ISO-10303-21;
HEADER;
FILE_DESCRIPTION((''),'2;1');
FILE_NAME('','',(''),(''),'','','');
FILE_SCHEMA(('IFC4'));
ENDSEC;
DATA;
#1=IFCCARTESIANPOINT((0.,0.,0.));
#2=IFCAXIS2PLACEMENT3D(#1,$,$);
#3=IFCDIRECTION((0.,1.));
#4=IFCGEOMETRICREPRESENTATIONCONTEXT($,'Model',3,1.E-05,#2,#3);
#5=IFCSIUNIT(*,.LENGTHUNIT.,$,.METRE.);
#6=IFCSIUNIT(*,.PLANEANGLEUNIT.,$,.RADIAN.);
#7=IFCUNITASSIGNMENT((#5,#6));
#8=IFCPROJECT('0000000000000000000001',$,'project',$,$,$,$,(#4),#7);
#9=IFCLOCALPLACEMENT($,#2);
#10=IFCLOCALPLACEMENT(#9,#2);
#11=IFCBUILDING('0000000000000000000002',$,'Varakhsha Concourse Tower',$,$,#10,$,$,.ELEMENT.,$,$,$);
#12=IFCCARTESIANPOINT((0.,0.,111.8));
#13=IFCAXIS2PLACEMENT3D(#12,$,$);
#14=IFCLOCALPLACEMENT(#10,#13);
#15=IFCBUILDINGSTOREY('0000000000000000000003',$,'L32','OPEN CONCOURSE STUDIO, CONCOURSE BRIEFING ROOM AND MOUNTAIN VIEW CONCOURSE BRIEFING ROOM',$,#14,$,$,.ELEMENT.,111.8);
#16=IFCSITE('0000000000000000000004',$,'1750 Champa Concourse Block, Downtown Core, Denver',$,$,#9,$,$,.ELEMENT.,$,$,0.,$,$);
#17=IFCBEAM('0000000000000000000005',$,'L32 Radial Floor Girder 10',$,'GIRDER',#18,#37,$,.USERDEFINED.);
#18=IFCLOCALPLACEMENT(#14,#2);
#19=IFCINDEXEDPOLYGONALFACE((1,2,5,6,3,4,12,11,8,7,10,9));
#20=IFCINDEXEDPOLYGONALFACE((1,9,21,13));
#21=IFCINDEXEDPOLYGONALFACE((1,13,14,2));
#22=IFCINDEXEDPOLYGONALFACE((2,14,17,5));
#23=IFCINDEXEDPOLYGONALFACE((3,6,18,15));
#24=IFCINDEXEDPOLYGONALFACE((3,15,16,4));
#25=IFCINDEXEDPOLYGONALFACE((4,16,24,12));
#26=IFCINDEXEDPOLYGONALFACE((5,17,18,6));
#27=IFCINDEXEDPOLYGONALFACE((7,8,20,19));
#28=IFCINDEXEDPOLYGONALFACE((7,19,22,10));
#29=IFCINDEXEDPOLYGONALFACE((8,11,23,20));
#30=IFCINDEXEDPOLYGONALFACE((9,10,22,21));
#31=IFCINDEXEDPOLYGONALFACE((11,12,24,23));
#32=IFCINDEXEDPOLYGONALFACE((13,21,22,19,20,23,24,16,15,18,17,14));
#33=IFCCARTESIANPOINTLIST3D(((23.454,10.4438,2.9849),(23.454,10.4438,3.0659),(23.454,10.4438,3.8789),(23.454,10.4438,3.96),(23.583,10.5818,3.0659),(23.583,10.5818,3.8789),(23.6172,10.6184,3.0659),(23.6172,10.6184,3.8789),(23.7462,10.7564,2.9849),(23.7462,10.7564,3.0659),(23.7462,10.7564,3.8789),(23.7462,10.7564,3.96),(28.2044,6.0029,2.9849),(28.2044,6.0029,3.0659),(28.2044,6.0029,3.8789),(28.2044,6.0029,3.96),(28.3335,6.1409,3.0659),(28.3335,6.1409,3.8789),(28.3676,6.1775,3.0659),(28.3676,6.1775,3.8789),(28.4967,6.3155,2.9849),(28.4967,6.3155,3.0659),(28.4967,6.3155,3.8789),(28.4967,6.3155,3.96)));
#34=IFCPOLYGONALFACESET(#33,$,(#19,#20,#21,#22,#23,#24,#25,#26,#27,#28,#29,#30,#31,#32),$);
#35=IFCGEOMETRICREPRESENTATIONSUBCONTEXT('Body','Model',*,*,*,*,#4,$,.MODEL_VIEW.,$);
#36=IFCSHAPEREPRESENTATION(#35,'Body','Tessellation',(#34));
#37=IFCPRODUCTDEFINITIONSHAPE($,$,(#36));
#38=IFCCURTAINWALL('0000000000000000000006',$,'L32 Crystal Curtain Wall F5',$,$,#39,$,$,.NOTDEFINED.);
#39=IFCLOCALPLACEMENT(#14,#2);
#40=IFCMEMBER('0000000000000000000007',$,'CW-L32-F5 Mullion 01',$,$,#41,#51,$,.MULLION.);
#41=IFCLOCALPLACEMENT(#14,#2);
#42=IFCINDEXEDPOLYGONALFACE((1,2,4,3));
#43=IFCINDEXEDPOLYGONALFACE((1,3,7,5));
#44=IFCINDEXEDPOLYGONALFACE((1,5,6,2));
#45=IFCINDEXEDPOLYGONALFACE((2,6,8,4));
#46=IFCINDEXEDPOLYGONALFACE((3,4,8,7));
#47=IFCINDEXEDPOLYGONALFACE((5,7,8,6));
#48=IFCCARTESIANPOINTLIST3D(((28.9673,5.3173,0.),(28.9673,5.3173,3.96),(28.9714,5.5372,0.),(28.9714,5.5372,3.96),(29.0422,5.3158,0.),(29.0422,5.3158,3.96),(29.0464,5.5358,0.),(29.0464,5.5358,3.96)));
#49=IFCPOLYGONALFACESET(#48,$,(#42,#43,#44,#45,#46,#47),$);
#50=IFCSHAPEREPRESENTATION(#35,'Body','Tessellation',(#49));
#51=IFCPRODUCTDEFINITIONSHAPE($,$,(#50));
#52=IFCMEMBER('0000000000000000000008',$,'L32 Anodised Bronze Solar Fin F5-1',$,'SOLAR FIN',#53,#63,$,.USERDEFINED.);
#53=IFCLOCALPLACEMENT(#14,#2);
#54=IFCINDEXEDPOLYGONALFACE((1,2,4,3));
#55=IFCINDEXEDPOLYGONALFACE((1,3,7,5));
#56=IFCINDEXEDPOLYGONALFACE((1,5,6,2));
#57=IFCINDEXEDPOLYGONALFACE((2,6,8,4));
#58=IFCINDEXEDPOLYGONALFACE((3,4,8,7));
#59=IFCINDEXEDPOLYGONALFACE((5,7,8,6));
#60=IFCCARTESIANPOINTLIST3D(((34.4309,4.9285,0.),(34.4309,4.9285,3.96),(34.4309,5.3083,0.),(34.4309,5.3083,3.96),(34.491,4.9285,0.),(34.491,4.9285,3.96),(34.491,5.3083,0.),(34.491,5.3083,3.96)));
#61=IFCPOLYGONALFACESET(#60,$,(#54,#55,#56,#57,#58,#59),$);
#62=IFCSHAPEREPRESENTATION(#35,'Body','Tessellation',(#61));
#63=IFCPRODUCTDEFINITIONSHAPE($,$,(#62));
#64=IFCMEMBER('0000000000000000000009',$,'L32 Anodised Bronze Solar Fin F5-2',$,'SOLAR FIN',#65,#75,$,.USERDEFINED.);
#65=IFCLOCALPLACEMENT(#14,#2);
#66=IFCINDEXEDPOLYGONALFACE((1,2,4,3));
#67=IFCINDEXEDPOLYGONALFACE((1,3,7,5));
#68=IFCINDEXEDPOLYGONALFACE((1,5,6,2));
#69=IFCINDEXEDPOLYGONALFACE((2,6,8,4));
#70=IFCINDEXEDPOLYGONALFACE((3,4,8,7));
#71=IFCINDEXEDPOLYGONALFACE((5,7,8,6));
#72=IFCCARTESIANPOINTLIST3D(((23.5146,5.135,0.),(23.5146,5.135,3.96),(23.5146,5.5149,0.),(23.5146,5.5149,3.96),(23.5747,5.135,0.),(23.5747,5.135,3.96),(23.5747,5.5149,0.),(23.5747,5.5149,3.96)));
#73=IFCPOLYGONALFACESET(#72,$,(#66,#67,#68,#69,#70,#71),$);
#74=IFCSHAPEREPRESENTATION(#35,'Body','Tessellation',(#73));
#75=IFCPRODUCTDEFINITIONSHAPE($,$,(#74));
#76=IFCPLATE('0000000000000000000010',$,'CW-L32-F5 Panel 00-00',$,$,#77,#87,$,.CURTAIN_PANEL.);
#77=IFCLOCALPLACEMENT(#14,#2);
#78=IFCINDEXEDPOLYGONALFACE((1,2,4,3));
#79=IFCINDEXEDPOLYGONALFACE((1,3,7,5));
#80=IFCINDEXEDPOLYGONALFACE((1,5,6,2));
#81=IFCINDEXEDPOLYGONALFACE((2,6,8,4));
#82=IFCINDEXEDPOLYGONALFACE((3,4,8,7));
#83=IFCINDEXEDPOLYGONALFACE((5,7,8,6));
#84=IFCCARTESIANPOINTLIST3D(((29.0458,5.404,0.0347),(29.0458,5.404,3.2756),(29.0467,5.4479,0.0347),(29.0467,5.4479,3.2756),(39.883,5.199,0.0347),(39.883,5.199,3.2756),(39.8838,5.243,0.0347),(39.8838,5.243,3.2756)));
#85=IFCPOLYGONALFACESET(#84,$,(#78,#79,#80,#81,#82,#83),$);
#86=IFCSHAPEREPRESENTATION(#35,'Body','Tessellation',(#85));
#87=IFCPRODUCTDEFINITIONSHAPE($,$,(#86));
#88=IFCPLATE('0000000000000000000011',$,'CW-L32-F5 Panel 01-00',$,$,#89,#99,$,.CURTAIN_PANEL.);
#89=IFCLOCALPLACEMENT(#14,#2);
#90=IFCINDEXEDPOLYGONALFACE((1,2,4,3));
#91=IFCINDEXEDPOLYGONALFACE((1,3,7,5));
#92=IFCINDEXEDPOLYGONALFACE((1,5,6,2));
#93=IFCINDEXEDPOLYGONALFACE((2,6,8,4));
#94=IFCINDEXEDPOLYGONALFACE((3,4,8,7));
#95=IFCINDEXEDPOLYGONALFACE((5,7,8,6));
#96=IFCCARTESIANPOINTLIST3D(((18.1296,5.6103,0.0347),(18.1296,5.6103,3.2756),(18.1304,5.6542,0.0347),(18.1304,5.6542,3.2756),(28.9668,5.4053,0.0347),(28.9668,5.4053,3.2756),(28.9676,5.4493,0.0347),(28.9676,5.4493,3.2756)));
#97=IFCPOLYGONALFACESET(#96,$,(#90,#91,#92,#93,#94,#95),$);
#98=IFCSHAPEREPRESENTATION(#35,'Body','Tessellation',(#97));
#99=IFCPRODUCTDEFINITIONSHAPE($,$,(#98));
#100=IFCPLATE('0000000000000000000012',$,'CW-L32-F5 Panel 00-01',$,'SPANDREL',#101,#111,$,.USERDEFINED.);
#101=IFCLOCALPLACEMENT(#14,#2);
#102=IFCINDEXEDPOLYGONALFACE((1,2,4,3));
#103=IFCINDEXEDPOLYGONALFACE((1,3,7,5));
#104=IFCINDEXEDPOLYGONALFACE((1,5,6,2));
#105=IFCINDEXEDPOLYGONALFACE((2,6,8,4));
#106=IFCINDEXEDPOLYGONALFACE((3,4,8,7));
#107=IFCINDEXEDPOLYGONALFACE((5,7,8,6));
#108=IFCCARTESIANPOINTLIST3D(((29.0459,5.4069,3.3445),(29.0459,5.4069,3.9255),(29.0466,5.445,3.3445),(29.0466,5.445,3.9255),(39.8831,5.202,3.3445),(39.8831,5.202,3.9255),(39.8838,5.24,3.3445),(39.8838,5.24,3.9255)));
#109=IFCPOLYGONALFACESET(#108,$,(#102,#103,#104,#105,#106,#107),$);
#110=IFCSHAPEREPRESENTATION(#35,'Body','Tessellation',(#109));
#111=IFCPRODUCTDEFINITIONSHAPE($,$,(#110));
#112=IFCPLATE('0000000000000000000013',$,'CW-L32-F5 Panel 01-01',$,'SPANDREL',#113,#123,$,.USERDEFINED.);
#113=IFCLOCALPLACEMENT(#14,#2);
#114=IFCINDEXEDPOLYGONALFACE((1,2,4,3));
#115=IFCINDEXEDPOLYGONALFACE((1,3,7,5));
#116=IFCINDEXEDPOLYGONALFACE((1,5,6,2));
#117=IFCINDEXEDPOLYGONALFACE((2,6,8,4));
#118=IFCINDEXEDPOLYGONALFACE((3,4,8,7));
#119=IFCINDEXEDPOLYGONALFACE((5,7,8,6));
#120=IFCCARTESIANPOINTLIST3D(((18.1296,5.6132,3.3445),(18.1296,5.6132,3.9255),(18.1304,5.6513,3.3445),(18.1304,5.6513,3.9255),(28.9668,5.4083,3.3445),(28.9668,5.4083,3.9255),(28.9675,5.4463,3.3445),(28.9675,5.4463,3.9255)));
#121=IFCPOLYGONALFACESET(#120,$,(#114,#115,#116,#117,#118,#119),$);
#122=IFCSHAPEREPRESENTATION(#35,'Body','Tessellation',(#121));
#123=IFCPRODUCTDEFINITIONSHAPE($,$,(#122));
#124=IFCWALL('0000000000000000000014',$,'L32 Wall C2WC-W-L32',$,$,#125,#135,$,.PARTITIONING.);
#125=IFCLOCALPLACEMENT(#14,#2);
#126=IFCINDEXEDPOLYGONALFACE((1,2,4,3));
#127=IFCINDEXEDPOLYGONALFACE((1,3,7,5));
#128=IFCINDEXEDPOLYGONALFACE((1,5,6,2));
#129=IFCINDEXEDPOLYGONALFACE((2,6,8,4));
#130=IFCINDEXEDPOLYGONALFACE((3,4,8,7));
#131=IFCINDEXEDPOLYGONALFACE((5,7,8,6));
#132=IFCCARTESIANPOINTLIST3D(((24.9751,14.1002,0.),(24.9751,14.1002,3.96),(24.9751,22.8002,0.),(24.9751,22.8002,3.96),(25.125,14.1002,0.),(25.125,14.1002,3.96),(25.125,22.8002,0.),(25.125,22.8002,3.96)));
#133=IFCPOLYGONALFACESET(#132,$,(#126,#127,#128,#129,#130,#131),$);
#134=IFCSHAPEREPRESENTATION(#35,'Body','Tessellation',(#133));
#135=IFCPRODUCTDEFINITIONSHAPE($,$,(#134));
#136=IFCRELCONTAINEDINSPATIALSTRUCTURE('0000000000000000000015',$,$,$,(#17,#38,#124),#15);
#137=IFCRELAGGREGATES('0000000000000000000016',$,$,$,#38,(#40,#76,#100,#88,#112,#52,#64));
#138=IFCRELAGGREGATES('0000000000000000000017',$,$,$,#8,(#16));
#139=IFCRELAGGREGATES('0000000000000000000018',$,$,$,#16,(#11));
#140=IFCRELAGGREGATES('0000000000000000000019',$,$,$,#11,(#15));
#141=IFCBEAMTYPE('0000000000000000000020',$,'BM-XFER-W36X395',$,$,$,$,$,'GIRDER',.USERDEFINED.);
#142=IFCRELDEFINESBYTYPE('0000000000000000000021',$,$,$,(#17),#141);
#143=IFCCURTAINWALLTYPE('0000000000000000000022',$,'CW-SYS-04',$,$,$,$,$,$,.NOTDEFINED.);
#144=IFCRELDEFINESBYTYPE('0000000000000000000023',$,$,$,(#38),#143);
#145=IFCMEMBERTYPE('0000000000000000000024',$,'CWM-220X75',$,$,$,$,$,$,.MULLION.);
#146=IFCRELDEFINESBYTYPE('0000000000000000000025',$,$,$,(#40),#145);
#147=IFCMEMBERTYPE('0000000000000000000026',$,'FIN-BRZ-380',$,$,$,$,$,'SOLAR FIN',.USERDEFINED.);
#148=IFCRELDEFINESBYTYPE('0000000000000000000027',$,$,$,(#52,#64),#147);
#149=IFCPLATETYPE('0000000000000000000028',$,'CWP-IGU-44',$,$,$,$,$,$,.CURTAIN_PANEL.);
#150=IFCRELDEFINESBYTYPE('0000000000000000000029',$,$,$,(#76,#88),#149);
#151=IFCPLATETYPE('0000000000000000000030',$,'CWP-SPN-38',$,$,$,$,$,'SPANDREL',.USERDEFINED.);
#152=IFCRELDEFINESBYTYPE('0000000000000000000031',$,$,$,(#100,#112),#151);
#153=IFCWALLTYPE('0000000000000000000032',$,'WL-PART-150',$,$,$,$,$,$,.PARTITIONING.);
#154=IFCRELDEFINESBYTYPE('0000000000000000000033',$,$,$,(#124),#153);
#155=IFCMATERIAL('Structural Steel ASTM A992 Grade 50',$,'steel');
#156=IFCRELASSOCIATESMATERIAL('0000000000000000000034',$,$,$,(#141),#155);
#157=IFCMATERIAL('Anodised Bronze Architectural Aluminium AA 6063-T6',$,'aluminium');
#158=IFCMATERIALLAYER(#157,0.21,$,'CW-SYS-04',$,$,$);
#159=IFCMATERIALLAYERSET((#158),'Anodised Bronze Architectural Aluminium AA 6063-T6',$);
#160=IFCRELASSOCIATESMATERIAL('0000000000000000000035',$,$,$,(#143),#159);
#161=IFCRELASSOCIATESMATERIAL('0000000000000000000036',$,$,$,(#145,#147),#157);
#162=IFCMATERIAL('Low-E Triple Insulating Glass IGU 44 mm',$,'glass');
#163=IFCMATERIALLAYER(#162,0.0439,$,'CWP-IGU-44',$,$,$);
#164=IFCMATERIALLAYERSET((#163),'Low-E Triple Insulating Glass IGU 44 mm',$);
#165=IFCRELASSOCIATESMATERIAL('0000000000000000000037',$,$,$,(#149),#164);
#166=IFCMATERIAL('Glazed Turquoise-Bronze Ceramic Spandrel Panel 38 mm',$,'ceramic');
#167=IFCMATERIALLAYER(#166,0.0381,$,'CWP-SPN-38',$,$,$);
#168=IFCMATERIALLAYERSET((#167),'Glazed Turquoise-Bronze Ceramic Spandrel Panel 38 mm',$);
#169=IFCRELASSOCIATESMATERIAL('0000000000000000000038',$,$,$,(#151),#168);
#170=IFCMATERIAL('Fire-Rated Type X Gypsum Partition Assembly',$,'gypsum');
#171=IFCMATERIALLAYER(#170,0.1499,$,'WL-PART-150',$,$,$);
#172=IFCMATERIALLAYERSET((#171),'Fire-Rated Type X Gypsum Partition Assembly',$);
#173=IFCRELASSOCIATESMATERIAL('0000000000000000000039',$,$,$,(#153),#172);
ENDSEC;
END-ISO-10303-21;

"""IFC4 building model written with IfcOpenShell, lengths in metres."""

from ifc_helpers import new_model, si_unit, direction, frame, frame_2d, origin, origin_2d, place, context, subcontext, project, spatial, rectangle, i_section, extrude, source, transform, mapped, material, layer, layer_set, material_profile, profile_set, type_object, type_shapes, element, aggregate, save


model = new_model("IFC4")

# Units and contexts
model_context = context("Model", 3, precision=1e-05, world=origin(), true_north=direction((0.0, 1.0)))
body_context = subcontext(model_context, "Body", "Model", "MODEL_VIEW")
ifc_project = project(units=[si_unit("LENGTHUNIT", "METRE"), si_unit("PLANEANGLEUNIT", "RADIAN")], contexts=[model_context])

# Site, building, storey
site_placement = place(None, origin())
site = spatial("IfcSite", under=ifc_project, at=site_placement, Name="1750 Champa Concourse Block, Downtown Core, Denver", CompositionType="ELEMENT", RefElevation=0.0)
building_placement = place(site_placement, origin())
building = spatial("IfcBuilding", under=site, at=building_placement, Name="Varakhsha Concourse Tower", CompositionType="ELEMENT")
storey_placement = place(building_placement, frame((0.0, 0.0, 111.8)))
storey = spatial("IfcBuildingStorey", under=building, at=storey_placement, Name="L32", Description="OPEN CONCOURSE STUDIO, CONCOURSE BRIEFING ROOM AND MOUNTAIN VIEW CONCOURSE BRIEFING ROOM", CompositionType="ELEMENT", Elevation=111.8)

# Shared definitions
ifc_material_1 = material(Name="Structural Steel ASTM A992 Grade 50", Category="steel")

# Beam
ifc_material_profile_1 = material_profile(ifc_material_1, i_section(OverallWidth=0.428, OverallDepth=0.9751, WebThickness=0.05, FlangeThickness=0.0811, at=origin_2d()), Name="W36X395")
ifc_profile_set_1 = profile_set([ifc_material_profile_1], Name="Structural Steel ASTM A992 Grade 50")
beam_type_1 = type_object("IfcBeamType", Name="BM-XFER-W36X395", ElementType="GIRDER", PredefinedType="USERDEFINED", material=ifc_profile_set_1)
beam_1_placement = place(storey_placement, frame((23.6001, 10.6001, 3.4724), z_axis=(0.730508, -0.682904, 0.0), x_axis=(0.682904, 0.730508, 0.0)))
element("IfcBeam", 1, at=beam_1_placement, inside=storey, type_object=beam_type_1, Name="L32 Radial Floor Girder 10", ObjectType="GIRDER", PredefinedType="USERDEFINED", context=body_context, shape_type="SweptSolid", body=[
    extrude(i_section(OverallWidth=0.428, OverallDepth=0.9751, WebThickness=0.05, FlangeThickness=0.0811, at=origin_2d()), origin(), (0.0, 0.0, 1.0), 6.5029),
])

# Curtain wall, members, plates
ifc_material_2 = material(Name="Anodised Bronze Architectural Aluminium AA 6063-T6", Category="aluminium")
ifc_layer_1 = layer(ifc_material_2, 0.21, Name="CW-SYS-04")
ifc_layer_set_1 = layer_set([ifc_layer_1], Name="Anodised Bronze Architectural Aluminium AA 6063-T6")
curtain_wall_type = type_object("IfcCurtainWallType", Name="CW-SYS-04", PredefinedType="NOTDEFINED", material=ifc_layer_set_1)
curtain_wall_placement = place(storey_placement, origin())
curtain_wall = element("IfcCurtainWall", 2, at=curtain_wall_placement, inside=storey, type_object=curtain_wall_type, Name="L32 Crystal Curtain Wall F5", PredefinedType="NOTDEFINED")
ifc_material_profile_2 = material_profile(ifc_material_2, rectangle(XDim=0.075, YDim=0.22, at=origin_2d()), Name="CWM-220X75")
ifc_profile_set_2 = profile_set([ifc_material_profile_2], Name="Anodised Bronze Architectural Aluminium AA 6063-T6")
member_type_1 = type_object("IfcMemberType", Name="CWM-220X75", PredefinedType="MULLION", material=ifc_profile_set_2)
shared_shape_1 = source(origin(), body_context, "Body", "SweptSolid", [
    extrude(rectangle(XDim=0.075, YDim=0.22, at=origin_2d()), origin(), (0.0, 0.0, 1.0), 3.96),
])
type_shapes(member_type_1, [shared_shape_1])
member_1_placement = place(storey_placement, frame((29.0068, 5.4265, 0.0), z_axis=(0.0, 0.0, 1.0), x_axis=(-0.999821, 0.01891, 0.0)))
member_1 = element("IfcMember", 3, at=member_1_placement, type_object=member_type_1, Name="CW-L32-F5 Mullion 01", PredefinedType="MULLION", context=body_context, shape_type="MappedRepresentation", body=[
    mapped(shared_shape_1, transform((0.0, 0.0, 0.0), scale=1.0)),
])
ifc_material_profile_3 = material_profile(ifc_material_2, rectangle(XDim=0.0601, YDim=0.3799, at=origin_2d()), Name="FIN-BRZ-380")
ifc_profile_set_3 = profile_set([ifc_material_profile_3], Name="Anodised Bronze Architectural Aluminium AA 6063-T6")
member_type_2 = type_object("IfcMemberType", Name="FIN-BRZ-380", ElementType="SOLAR FIN", PredefinedType="USERDEFINED", material=ifc_profile_set_3)
shared_shape_2 = source(origin(), body_context, "Body", "SweptSolid", [
    extrude(rectangle(XDim=0.0601, YDim=0.3799, at=origin_2d()), origin(), (0.0, 0.0, 1.0), 3.96),
])
type_shapes(member_type_2, [shared_shape_2])
member_2_placement = place(storey_placement, frame((34.4609, 5.1184, 0.0), z_axis=(0.0, 0.0, 1.0), x_axis=(1.0, 0.0, 0.0)))
member_2 = element("IfcMember", 4, at=member_2_placement, type_object=member_type_2, Name="L32 Anodised Bronze Solar Fin F5-1", ObjectType="SOLAR FIN", PredefinedType="USERDEFINED", context=body_context, shape_type="MappedRepresentation", body=[
    mapped(shared_shape_2, transform((0.0, 0.0, 0.0), scale=1.0)),
])
member_3_placement = place(storey_placement, frame((23.5447, 5.325, 0.0), z_axis=(0.0, 0.0, 1.0), x_axis=(1.0, 0.0, 0.0)))
member_3 = element("IfcMember", 5, at=member_3_placement, type_object=member_type_2, Name="L32 Anodised Bronze Solar Fin F5-2", ObjectType="SOLAR FIN", PredefinedType="USERDEFINED", context=body_context, shape_type="MappedRepresentation", body=[
    mapped(shared_shape_2, transform((0.0, 0.0, 0.0), scale=1.0)),
])
ifc_material_3 = material(Name="Low-E Triple Insulating Glass IGU 44 mm", Category="glass")
ifc_layer_2 = layer(ifc_material_3, 0.0439, Name="CWP-IGU-44")
ifc_layer_set_2 = layer_set([ifc_layer_2], Name="Low-E Triple Insulating Glass IGU 44 mm")
plate_type_1 = type_object("IfcPlateType", Name="CWP-IGU-44", PredefinedType="CURTAIN_PANEL", material=ifc_layer_set_2)
shared_shape_3 = source(origin(), body_context, "Body", "SweptSolid", [
    extrude(rectangle(XDim=10.8391, YDim=0.0439, at=origin_2d()), origin(), (0.0, 0.0, 1.0), 3.241),
])
type_shapes(plate_type_1, [shared_shape_3])
plate_1_placement = place(storey_placement, frame((34.4648, 5.3235, 0.0347), z_axis=(0.0, 0.0, 1.0), x_axis=(-0.999821, 0.01891, 0.0)))
plate_1 = element("IfcPlate", 6, at=plate_1_placement, type_object=plate_type_1, Name="CW-L32-F5 Panel 00-00", PredefinedType="CURTAIN_PANEL", context=body_context, shape_type="MappedRepresentation", body=[
    mapped(shared_shape_3, transform((0.0, 0.0, 0.0), scale=1.0)),
])
plate_2_placement = place(storey_placement, frame((23.5486, 5.5298, 0.0347), z_axis=(0.0, 0.0, 1.0), x_axis=(-0.999821, 0.01891, 0.0)))
plate_2 = element("IfcPlate", 7, at=plate_2_placement, type_object=plate_type_1, Name="CW-L32-F5 Panel 01-00", PredefinedType="CURTAIN_PANEL", context=body_context, shape_type="MappedRepresentation", body=[
    mapped(shared_shape_3, transform((0.0, 0.0, 0.0), scale=1.0)),
])
ifc_material_4 = material(Name="Glazed Turquoise-Bronze Ceramic Spandrel Panel 38 mm", Category="ceramic")
ifc_layer_3 = layer(ifc_material_4, 0.0381, Name="CWP-SPN-38")
ifc_layer_set_3 = layer_set([ifc_layer_3], Name="Glazed Turquoise-Bronze Ceramic Spandrel Panel 38 mm")
plate_type_2 = type_object("IfcPlateType", Name="CWP-SPN-38", ElementType="SPANDREL", PredefinedType="USERDEFINED", material=ifc_layer_set_3)
shared_shape_4 = source(origin(), body_context, "Body", "SweptSolid", [
    extrude(rectangle(XDim=10.8391, YDim=0.0381, at=origin_2d()), origin(), (0.0, 0.0, 1.0), 0.5811),
])
type_shapes(plate_type_2, [shared_shape_4])
plate_3_placement = place(storey_placement, frame((34.4648, 5.3235, 3.3445), z_axis=(0.0, 0.0, 1.0), x_axis=(-0.999821, 0.01891, 0.0)))
plate_3 = element("IfcPlate", 8, at=plate_3_placement, type_object=plate_type_2, Name="CW-L32-F5 Panel 00-01", ObjectType="SPANDREL", PredefinedType="USERDEFINED", context=body_context, shape_type="MappedRepresentation", body=[
    mapped(shared_shape_4, transform((0.0, 0.0, 0.0), scale=1.0)),
])
plate_4_placement = place(storey_placement, frame((23.5486, 5.5298, 3.3445), z_axis=(0.0, 0.0, 1.0), x_axis=(-0.999821, 0.01891, 0.0)))
plate_4 = element("IfcPlate", 9, at=plate_4_placement, type_object=plate_type_2, Name="CW-L32-F5 Panel 01-01", ObjectType="SPANDREL", PredefinedType="USERDEFINED", context=body_context, shape_type="MappedRepresentation", body=[
    mapped(shared_shape_4, transform((0.0, 0.0, 0.0), scale=1.0)),
])
aggregate(curtain_wall, [member_1, plate_1, plate_3, plate_2, plate_4, member_2, member_3])

# Wall
ifc_material_5 = material(Name="Fire-Rated Type X Gypsum Partition Assembly", Category="gypsum")
ifc_layer_4 = layer(ifc_material_5, 0.1499, Name="WL-PART-150")
ifc_layer_set_4 = layer_set([ifc_layer_4], Name="Fire-Rated Type X Gypsum Partition Assembly")
wall_type = type_object("IfcWallType", Name="WL-PART-150", PredefinedType="PARTITIONING", material=ifc_layer_set_4)
wall_placement = place(storey_placement, frame((25.05, 14.1001, 0.0), z_axis=(0.0, 0.0, 1.0), x_axis=(0.0, 1.0, 0.0)))
element("IfcWall", 10, at=wall_placement, inside=storey, type_object=wall_type, Name="L32 Wall C2WC-W-L32", PredefinedType="PARTITIONING", context=body_context, shape_type="SweptSolid", body=[
    extrude(rectangle(XDim=8.7, YDim=0.1499, at=frame_2d((4.3501, 0.0))), origin(), (0.0, 0.0, 1.0), 3.96),
])

save(model, "model.ifc")
